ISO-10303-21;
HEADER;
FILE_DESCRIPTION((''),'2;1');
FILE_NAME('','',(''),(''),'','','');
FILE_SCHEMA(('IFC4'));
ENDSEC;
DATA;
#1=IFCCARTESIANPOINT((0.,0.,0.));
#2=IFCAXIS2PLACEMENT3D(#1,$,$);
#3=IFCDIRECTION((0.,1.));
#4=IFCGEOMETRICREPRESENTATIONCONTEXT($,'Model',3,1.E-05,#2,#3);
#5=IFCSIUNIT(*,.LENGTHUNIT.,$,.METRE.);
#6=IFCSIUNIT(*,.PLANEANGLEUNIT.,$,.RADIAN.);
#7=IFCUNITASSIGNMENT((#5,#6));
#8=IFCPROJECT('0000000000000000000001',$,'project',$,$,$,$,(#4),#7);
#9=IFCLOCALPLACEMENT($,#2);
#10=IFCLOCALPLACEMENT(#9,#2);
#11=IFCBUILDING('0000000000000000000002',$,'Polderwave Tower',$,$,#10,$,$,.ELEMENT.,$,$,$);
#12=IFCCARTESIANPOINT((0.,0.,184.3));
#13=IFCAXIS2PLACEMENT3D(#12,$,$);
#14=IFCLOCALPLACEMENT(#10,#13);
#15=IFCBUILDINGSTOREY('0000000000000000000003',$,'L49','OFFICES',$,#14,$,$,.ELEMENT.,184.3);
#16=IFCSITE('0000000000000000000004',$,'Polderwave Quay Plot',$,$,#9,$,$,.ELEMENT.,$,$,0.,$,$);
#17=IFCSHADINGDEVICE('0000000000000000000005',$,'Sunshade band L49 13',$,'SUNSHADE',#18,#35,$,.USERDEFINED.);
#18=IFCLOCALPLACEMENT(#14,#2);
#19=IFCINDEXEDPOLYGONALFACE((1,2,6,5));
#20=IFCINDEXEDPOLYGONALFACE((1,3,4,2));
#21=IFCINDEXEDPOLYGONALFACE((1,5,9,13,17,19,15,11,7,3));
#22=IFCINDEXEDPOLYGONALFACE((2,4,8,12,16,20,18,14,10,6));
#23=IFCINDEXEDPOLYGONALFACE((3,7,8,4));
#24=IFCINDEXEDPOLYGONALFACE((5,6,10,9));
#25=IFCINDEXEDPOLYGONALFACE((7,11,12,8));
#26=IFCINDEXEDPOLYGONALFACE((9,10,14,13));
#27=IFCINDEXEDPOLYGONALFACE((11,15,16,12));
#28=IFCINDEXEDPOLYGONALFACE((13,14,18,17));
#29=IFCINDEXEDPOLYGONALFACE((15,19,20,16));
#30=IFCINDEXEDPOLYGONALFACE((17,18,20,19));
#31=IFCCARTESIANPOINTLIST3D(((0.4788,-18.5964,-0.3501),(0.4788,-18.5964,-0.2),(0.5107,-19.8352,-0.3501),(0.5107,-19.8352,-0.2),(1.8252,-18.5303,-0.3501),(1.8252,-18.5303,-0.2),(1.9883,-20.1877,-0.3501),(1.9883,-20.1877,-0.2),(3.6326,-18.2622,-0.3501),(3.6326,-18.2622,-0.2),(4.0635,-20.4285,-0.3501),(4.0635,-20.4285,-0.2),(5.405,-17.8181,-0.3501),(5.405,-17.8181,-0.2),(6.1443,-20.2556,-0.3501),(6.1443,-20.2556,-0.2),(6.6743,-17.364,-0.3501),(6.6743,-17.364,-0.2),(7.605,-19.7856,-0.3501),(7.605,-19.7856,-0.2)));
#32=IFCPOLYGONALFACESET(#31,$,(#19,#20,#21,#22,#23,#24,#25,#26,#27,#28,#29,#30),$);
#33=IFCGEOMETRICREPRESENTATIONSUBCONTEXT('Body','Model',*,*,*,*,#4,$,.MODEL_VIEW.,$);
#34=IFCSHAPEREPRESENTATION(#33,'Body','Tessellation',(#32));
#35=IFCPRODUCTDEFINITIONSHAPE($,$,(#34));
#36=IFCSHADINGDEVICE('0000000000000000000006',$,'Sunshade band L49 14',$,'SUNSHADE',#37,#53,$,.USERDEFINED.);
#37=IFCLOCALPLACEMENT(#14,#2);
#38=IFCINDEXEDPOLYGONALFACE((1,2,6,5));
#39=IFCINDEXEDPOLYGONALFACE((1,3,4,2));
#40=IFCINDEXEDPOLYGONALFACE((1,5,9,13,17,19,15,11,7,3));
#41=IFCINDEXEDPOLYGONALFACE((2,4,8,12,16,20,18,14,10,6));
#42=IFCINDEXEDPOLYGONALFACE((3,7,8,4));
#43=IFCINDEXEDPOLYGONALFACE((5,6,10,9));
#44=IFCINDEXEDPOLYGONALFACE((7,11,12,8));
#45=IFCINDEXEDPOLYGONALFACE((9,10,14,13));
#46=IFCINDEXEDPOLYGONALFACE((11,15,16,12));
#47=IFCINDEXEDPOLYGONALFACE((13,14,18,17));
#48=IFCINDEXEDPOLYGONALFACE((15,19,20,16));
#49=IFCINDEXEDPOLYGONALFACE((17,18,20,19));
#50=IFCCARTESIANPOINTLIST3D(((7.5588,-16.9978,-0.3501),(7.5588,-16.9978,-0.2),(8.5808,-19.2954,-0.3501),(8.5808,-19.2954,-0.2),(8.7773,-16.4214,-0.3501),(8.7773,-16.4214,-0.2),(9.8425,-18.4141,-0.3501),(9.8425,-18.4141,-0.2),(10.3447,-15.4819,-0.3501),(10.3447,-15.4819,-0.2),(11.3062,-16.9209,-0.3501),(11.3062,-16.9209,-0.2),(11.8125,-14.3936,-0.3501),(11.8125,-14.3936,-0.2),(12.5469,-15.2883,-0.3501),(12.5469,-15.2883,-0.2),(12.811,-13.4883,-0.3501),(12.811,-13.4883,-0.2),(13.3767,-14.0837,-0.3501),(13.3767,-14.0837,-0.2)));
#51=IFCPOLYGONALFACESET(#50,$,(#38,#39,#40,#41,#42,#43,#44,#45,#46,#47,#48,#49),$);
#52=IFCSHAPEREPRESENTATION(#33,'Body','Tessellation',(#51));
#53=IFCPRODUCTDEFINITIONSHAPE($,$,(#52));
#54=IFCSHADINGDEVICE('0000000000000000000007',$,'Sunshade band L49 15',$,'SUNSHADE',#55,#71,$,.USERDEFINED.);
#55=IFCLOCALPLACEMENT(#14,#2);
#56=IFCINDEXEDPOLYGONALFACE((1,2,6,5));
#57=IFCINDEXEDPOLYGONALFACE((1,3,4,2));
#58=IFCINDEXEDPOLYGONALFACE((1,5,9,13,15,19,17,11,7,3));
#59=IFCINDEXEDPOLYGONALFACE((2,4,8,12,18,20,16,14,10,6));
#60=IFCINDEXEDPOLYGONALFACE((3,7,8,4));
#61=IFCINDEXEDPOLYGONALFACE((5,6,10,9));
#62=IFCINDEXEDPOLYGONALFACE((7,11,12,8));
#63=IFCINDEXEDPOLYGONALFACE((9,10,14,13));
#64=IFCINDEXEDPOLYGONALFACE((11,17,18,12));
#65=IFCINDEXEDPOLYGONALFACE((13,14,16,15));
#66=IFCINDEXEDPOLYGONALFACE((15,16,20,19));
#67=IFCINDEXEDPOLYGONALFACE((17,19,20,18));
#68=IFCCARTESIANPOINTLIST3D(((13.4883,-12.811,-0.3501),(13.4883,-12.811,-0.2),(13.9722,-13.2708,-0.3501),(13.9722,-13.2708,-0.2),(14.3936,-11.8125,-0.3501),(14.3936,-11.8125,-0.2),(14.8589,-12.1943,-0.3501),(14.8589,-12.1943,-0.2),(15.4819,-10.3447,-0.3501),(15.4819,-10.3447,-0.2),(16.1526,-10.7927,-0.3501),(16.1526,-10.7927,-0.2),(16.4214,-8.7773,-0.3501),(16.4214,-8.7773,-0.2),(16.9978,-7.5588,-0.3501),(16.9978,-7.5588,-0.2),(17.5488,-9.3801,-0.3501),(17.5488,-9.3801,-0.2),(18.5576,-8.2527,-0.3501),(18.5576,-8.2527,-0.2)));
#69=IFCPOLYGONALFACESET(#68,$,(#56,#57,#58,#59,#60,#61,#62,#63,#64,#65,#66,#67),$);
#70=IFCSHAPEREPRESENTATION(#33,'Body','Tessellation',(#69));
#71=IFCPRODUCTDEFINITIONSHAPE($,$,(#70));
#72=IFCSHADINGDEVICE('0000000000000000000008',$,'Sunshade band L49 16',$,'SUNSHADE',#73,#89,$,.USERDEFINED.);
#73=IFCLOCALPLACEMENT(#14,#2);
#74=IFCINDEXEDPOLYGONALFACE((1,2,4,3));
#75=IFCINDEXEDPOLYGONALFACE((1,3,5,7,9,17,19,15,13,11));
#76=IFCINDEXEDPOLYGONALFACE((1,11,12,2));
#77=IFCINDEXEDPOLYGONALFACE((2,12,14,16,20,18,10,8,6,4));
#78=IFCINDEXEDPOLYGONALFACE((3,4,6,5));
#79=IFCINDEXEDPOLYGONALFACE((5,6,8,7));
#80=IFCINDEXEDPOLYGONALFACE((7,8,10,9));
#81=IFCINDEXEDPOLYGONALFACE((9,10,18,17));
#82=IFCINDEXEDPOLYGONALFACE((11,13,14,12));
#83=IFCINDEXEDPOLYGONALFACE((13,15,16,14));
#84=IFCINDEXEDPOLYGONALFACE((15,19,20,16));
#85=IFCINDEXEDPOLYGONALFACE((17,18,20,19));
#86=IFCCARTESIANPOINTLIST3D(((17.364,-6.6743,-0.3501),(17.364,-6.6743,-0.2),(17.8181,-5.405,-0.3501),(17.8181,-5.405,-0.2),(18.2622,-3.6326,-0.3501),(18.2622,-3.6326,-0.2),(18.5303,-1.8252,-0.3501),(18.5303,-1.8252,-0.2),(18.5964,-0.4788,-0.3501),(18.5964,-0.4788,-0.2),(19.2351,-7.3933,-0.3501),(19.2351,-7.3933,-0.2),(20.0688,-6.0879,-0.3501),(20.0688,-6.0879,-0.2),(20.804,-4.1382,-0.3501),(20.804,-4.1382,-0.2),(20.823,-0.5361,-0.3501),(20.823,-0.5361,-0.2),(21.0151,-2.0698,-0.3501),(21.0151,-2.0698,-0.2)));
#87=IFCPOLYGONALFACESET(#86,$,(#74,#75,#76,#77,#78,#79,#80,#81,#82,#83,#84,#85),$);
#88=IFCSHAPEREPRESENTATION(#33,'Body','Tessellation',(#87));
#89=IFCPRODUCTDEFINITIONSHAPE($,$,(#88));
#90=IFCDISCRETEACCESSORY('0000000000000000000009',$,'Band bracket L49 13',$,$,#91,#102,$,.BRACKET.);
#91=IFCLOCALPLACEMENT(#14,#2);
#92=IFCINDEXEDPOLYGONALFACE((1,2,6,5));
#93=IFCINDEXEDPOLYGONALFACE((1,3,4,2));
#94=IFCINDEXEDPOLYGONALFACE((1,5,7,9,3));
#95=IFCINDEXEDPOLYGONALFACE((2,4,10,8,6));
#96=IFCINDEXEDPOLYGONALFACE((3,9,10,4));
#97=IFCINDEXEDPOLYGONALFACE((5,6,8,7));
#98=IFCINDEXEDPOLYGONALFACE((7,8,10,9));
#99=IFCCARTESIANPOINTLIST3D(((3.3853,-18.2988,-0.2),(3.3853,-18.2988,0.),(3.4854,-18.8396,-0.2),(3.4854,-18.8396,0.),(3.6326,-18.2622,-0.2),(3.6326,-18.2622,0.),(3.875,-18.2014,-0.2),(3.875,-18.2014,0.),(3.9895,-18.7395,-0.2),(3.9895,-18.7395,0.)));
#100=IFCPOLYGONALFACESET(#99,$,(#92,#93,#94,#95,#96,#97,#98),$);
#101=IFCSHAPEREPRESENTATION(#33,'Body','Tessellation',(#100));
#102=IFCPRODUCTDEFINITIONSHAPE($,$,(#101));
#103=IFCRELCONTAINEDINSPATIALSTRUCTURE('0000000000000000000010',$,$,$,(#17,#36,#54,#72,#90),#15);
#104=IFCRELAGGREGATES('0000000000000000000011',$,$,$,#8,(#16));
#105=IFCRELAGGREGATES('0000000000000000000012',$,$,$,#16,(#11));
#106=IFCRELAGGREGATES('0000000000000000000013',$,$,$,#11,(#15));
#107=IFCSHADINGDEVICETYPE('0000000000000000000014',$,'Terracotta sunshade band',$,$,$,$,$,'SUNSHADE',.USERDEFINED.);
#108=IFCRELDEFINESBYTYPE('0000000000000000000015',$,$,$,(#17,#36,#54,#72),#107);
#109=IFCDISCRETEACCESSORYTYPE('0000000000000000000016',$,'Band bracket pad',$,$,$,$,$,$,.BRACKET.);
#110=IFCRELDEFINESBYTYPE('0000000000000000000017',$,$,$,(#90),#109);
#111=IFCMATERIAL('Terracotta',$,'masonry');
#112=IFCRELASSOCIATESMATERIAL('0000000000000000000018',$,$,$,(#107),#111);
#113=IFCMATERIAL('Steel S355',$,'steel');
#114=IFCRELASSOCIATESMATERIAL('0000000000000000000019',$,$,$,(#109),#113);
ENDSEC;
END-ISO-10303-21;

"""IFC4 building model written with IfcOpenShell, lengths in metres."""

from ifc_helpers import new_model, si_unit, direction, frame, origin, place, context, subcontext, project, spatial, polyline, outline, extrude, material, type_object, element, save


model = new_model("IFC4")

# Units and contexts
model_context = context("Model", 3, precision=1e-05, world=origin(), true_north=direction((0.0, 1.0)))
body_context = subcontext(model_context, "Body", "Model", "MODEL_VIEW")
ifc_project = project(units=[si_unit("LENGTHUNIT", "METRE"), si_unit("PLANEANGLEUNIT", "RADIAN")], contexts=[model_context])

# Site, building, storey
site_placement = place(None, origin())
site = spatial("IfcSite", under=ifc_project, at=site_placement, Name="Polderwave Quay Plot", CompositionType="ELEMENT", RefElevation=0.0)
building_placement = place(site_placement, origin())
building = spatial("IfcBuilding", under=site, at=building_placement, Name="Polderwave Tower", CompositionType="ELEMENT")
storey_placement = place(building_placement, frame((0.0, 0.0, 184.3)))
storey = spatial("IfcBuildingStorey", under=building, at=storey_placement, Name="L49", Description="OFFICES", CompositionType="ELEMENT", Elevation=184.3)

# Shading devices
ifc_material_1 = material(Name="Terracotta", Category="masonry")
shading_device_type = type_object("IfcShadingDeviceType", Name="Terracotta sunshade band", ElementType="SUNSHADE", PredefinedType="USERDEFINED", material=ifc_material_1)
shading_device_1_placement = place(storey_placement, frame((0.0, 0.0, -0.3501)))
element("IfcShadingDevice", 1, at=shading_device_1_placement, inside=storey, type_object=shading_device_type, Name="Sunshade band L49 13", ObjectType="SUNSHADE", PredefinedType="USERDEFINED", context=body_context, shape_type="SweptSolid", body=[
    extrude(outline(polyline([(0.4788, -18.5964), (1.8252, -18.5303), (3.6326, -18.2622), (5.405, -17.8181), (6.6743, -17.364), (7.605, -19.7856), (6.1443, -20.2556), (4.0635, -20.4285), (1.9883, -20.1877), (0.5107, -19.8352), (0.4788, -18.5964)])), origin(), (0.0, 0.0, 1.0), 0.1501),
])
shading_device_2_placement = place(storey_placement, frame((0.0, 0.0, -0.3501)))
element("IfcShadingDevice", 2, at=shading_device_2_placement, inside=storey, type_object=shading_device_type, Name="Sunshade band L49 14", ObjectType="SUNSHADE", PredefinedType="USERDEFINED", context=body_context, shape_type="SweptSolid", body=[
    extrude(outline(polyline([(7.5588, -16.9978), (8.7773, -16.4214), (10.3447, -15.4819), (11.8125, -14.3936), (12.811, -13.4883), (13.3767, -14.0837), (12.5469, -15.2883), (11.3062, -16.9209), (9.8425, -18.4141), (8.5808, -19.2954), (7.5588, -16.9978)])), origin(), (0.0, 0.0, 1.0), 0.1501),
])
shading_device_3_placement = place(storey_placement, frame((0.0, 0.0, -0.3501)))
element("IfcShadingDevice", 3, at=shading_device_3_placement, inside=storey, type_object=shading_device_type, Name="Sunshade band L49 15", ObjectType="SUNSHADE", PredefinedType="USERDEFINED", context=body_context, shape_type="SweptSolid", body=[
    extrude(outline(polyline([(13.4883, -12.811), (14.3936, -11.8125), (15.4819, -10.3447), (16.4214, -8.7773), (16.9978, -7.5588), (18.5576, -8.2527), (17.5488, -9.3801), (16.1526, -10.7927), (14.8589, -12.1943), (13.9722, -13.2708), (13.4883, -12.811)])), origin(), (0.0, 0.0, 1.0), 0.1501),
])
shading_device_4_placement = place(storey_placement, frame((0.0, 0.0, -0.3501)))
element("IfcShadingDevice", 4, at=shading_device_4_placement, inside=storey, type_object=shading_device_type, Name="Sunshade band L49 16", ObjectType="SUNSHADE", PredefinedType="USERDEFINED", context=body_context, shape_type="SweptSolid", body=[
    extrude(outline(polyline([(17.364, -6.6743), (17.8181, -5.405), (18.2622, -3.6326), (18.5303, -1.8252), (18.5964, -0.4788), (20.823, -0.5361), (21.0151, -2.0698), (20.804, -4.1382), (20.0688, -6.0879), (19.2351, -7.3933), (17.364, -6.6743)])), origin(), (0.0, 0.0, 1.0), 0.1501),
])

# Discrete accessory
ifc_material_2 = material(Name="Steel S355", Category="steel")
discrete_accessory_type = type_object("IfcDiscreteAccessoryType", Name="Band bracket pad", PredefinedType="BRACKET", material=ifc_material_2)
discrete_accessory_placement = place(storey_placement, frame((0.0, 0.0, -0.2)))
element("IfcDiscreteAccessory", 5, at=discrete_accessory_placement, inside=storey, type_object=discrete_accessory_type, Name="Band bracket L49 13", PredefinedType="BRACKET", context=body_context, shape_type="SweptSolid", body=[
    extrude(outline(polyline([(3.3853, -18.2988), (3.6326, -18.2622), (3.875, -18.2014), (3.9895, -18.7395), (3.4854, -18.8396), (3.3853, -18.2988)])), origin(), (0.0, 0.0, 1.0), 0.2),
])

save(model, "model.ifc")
